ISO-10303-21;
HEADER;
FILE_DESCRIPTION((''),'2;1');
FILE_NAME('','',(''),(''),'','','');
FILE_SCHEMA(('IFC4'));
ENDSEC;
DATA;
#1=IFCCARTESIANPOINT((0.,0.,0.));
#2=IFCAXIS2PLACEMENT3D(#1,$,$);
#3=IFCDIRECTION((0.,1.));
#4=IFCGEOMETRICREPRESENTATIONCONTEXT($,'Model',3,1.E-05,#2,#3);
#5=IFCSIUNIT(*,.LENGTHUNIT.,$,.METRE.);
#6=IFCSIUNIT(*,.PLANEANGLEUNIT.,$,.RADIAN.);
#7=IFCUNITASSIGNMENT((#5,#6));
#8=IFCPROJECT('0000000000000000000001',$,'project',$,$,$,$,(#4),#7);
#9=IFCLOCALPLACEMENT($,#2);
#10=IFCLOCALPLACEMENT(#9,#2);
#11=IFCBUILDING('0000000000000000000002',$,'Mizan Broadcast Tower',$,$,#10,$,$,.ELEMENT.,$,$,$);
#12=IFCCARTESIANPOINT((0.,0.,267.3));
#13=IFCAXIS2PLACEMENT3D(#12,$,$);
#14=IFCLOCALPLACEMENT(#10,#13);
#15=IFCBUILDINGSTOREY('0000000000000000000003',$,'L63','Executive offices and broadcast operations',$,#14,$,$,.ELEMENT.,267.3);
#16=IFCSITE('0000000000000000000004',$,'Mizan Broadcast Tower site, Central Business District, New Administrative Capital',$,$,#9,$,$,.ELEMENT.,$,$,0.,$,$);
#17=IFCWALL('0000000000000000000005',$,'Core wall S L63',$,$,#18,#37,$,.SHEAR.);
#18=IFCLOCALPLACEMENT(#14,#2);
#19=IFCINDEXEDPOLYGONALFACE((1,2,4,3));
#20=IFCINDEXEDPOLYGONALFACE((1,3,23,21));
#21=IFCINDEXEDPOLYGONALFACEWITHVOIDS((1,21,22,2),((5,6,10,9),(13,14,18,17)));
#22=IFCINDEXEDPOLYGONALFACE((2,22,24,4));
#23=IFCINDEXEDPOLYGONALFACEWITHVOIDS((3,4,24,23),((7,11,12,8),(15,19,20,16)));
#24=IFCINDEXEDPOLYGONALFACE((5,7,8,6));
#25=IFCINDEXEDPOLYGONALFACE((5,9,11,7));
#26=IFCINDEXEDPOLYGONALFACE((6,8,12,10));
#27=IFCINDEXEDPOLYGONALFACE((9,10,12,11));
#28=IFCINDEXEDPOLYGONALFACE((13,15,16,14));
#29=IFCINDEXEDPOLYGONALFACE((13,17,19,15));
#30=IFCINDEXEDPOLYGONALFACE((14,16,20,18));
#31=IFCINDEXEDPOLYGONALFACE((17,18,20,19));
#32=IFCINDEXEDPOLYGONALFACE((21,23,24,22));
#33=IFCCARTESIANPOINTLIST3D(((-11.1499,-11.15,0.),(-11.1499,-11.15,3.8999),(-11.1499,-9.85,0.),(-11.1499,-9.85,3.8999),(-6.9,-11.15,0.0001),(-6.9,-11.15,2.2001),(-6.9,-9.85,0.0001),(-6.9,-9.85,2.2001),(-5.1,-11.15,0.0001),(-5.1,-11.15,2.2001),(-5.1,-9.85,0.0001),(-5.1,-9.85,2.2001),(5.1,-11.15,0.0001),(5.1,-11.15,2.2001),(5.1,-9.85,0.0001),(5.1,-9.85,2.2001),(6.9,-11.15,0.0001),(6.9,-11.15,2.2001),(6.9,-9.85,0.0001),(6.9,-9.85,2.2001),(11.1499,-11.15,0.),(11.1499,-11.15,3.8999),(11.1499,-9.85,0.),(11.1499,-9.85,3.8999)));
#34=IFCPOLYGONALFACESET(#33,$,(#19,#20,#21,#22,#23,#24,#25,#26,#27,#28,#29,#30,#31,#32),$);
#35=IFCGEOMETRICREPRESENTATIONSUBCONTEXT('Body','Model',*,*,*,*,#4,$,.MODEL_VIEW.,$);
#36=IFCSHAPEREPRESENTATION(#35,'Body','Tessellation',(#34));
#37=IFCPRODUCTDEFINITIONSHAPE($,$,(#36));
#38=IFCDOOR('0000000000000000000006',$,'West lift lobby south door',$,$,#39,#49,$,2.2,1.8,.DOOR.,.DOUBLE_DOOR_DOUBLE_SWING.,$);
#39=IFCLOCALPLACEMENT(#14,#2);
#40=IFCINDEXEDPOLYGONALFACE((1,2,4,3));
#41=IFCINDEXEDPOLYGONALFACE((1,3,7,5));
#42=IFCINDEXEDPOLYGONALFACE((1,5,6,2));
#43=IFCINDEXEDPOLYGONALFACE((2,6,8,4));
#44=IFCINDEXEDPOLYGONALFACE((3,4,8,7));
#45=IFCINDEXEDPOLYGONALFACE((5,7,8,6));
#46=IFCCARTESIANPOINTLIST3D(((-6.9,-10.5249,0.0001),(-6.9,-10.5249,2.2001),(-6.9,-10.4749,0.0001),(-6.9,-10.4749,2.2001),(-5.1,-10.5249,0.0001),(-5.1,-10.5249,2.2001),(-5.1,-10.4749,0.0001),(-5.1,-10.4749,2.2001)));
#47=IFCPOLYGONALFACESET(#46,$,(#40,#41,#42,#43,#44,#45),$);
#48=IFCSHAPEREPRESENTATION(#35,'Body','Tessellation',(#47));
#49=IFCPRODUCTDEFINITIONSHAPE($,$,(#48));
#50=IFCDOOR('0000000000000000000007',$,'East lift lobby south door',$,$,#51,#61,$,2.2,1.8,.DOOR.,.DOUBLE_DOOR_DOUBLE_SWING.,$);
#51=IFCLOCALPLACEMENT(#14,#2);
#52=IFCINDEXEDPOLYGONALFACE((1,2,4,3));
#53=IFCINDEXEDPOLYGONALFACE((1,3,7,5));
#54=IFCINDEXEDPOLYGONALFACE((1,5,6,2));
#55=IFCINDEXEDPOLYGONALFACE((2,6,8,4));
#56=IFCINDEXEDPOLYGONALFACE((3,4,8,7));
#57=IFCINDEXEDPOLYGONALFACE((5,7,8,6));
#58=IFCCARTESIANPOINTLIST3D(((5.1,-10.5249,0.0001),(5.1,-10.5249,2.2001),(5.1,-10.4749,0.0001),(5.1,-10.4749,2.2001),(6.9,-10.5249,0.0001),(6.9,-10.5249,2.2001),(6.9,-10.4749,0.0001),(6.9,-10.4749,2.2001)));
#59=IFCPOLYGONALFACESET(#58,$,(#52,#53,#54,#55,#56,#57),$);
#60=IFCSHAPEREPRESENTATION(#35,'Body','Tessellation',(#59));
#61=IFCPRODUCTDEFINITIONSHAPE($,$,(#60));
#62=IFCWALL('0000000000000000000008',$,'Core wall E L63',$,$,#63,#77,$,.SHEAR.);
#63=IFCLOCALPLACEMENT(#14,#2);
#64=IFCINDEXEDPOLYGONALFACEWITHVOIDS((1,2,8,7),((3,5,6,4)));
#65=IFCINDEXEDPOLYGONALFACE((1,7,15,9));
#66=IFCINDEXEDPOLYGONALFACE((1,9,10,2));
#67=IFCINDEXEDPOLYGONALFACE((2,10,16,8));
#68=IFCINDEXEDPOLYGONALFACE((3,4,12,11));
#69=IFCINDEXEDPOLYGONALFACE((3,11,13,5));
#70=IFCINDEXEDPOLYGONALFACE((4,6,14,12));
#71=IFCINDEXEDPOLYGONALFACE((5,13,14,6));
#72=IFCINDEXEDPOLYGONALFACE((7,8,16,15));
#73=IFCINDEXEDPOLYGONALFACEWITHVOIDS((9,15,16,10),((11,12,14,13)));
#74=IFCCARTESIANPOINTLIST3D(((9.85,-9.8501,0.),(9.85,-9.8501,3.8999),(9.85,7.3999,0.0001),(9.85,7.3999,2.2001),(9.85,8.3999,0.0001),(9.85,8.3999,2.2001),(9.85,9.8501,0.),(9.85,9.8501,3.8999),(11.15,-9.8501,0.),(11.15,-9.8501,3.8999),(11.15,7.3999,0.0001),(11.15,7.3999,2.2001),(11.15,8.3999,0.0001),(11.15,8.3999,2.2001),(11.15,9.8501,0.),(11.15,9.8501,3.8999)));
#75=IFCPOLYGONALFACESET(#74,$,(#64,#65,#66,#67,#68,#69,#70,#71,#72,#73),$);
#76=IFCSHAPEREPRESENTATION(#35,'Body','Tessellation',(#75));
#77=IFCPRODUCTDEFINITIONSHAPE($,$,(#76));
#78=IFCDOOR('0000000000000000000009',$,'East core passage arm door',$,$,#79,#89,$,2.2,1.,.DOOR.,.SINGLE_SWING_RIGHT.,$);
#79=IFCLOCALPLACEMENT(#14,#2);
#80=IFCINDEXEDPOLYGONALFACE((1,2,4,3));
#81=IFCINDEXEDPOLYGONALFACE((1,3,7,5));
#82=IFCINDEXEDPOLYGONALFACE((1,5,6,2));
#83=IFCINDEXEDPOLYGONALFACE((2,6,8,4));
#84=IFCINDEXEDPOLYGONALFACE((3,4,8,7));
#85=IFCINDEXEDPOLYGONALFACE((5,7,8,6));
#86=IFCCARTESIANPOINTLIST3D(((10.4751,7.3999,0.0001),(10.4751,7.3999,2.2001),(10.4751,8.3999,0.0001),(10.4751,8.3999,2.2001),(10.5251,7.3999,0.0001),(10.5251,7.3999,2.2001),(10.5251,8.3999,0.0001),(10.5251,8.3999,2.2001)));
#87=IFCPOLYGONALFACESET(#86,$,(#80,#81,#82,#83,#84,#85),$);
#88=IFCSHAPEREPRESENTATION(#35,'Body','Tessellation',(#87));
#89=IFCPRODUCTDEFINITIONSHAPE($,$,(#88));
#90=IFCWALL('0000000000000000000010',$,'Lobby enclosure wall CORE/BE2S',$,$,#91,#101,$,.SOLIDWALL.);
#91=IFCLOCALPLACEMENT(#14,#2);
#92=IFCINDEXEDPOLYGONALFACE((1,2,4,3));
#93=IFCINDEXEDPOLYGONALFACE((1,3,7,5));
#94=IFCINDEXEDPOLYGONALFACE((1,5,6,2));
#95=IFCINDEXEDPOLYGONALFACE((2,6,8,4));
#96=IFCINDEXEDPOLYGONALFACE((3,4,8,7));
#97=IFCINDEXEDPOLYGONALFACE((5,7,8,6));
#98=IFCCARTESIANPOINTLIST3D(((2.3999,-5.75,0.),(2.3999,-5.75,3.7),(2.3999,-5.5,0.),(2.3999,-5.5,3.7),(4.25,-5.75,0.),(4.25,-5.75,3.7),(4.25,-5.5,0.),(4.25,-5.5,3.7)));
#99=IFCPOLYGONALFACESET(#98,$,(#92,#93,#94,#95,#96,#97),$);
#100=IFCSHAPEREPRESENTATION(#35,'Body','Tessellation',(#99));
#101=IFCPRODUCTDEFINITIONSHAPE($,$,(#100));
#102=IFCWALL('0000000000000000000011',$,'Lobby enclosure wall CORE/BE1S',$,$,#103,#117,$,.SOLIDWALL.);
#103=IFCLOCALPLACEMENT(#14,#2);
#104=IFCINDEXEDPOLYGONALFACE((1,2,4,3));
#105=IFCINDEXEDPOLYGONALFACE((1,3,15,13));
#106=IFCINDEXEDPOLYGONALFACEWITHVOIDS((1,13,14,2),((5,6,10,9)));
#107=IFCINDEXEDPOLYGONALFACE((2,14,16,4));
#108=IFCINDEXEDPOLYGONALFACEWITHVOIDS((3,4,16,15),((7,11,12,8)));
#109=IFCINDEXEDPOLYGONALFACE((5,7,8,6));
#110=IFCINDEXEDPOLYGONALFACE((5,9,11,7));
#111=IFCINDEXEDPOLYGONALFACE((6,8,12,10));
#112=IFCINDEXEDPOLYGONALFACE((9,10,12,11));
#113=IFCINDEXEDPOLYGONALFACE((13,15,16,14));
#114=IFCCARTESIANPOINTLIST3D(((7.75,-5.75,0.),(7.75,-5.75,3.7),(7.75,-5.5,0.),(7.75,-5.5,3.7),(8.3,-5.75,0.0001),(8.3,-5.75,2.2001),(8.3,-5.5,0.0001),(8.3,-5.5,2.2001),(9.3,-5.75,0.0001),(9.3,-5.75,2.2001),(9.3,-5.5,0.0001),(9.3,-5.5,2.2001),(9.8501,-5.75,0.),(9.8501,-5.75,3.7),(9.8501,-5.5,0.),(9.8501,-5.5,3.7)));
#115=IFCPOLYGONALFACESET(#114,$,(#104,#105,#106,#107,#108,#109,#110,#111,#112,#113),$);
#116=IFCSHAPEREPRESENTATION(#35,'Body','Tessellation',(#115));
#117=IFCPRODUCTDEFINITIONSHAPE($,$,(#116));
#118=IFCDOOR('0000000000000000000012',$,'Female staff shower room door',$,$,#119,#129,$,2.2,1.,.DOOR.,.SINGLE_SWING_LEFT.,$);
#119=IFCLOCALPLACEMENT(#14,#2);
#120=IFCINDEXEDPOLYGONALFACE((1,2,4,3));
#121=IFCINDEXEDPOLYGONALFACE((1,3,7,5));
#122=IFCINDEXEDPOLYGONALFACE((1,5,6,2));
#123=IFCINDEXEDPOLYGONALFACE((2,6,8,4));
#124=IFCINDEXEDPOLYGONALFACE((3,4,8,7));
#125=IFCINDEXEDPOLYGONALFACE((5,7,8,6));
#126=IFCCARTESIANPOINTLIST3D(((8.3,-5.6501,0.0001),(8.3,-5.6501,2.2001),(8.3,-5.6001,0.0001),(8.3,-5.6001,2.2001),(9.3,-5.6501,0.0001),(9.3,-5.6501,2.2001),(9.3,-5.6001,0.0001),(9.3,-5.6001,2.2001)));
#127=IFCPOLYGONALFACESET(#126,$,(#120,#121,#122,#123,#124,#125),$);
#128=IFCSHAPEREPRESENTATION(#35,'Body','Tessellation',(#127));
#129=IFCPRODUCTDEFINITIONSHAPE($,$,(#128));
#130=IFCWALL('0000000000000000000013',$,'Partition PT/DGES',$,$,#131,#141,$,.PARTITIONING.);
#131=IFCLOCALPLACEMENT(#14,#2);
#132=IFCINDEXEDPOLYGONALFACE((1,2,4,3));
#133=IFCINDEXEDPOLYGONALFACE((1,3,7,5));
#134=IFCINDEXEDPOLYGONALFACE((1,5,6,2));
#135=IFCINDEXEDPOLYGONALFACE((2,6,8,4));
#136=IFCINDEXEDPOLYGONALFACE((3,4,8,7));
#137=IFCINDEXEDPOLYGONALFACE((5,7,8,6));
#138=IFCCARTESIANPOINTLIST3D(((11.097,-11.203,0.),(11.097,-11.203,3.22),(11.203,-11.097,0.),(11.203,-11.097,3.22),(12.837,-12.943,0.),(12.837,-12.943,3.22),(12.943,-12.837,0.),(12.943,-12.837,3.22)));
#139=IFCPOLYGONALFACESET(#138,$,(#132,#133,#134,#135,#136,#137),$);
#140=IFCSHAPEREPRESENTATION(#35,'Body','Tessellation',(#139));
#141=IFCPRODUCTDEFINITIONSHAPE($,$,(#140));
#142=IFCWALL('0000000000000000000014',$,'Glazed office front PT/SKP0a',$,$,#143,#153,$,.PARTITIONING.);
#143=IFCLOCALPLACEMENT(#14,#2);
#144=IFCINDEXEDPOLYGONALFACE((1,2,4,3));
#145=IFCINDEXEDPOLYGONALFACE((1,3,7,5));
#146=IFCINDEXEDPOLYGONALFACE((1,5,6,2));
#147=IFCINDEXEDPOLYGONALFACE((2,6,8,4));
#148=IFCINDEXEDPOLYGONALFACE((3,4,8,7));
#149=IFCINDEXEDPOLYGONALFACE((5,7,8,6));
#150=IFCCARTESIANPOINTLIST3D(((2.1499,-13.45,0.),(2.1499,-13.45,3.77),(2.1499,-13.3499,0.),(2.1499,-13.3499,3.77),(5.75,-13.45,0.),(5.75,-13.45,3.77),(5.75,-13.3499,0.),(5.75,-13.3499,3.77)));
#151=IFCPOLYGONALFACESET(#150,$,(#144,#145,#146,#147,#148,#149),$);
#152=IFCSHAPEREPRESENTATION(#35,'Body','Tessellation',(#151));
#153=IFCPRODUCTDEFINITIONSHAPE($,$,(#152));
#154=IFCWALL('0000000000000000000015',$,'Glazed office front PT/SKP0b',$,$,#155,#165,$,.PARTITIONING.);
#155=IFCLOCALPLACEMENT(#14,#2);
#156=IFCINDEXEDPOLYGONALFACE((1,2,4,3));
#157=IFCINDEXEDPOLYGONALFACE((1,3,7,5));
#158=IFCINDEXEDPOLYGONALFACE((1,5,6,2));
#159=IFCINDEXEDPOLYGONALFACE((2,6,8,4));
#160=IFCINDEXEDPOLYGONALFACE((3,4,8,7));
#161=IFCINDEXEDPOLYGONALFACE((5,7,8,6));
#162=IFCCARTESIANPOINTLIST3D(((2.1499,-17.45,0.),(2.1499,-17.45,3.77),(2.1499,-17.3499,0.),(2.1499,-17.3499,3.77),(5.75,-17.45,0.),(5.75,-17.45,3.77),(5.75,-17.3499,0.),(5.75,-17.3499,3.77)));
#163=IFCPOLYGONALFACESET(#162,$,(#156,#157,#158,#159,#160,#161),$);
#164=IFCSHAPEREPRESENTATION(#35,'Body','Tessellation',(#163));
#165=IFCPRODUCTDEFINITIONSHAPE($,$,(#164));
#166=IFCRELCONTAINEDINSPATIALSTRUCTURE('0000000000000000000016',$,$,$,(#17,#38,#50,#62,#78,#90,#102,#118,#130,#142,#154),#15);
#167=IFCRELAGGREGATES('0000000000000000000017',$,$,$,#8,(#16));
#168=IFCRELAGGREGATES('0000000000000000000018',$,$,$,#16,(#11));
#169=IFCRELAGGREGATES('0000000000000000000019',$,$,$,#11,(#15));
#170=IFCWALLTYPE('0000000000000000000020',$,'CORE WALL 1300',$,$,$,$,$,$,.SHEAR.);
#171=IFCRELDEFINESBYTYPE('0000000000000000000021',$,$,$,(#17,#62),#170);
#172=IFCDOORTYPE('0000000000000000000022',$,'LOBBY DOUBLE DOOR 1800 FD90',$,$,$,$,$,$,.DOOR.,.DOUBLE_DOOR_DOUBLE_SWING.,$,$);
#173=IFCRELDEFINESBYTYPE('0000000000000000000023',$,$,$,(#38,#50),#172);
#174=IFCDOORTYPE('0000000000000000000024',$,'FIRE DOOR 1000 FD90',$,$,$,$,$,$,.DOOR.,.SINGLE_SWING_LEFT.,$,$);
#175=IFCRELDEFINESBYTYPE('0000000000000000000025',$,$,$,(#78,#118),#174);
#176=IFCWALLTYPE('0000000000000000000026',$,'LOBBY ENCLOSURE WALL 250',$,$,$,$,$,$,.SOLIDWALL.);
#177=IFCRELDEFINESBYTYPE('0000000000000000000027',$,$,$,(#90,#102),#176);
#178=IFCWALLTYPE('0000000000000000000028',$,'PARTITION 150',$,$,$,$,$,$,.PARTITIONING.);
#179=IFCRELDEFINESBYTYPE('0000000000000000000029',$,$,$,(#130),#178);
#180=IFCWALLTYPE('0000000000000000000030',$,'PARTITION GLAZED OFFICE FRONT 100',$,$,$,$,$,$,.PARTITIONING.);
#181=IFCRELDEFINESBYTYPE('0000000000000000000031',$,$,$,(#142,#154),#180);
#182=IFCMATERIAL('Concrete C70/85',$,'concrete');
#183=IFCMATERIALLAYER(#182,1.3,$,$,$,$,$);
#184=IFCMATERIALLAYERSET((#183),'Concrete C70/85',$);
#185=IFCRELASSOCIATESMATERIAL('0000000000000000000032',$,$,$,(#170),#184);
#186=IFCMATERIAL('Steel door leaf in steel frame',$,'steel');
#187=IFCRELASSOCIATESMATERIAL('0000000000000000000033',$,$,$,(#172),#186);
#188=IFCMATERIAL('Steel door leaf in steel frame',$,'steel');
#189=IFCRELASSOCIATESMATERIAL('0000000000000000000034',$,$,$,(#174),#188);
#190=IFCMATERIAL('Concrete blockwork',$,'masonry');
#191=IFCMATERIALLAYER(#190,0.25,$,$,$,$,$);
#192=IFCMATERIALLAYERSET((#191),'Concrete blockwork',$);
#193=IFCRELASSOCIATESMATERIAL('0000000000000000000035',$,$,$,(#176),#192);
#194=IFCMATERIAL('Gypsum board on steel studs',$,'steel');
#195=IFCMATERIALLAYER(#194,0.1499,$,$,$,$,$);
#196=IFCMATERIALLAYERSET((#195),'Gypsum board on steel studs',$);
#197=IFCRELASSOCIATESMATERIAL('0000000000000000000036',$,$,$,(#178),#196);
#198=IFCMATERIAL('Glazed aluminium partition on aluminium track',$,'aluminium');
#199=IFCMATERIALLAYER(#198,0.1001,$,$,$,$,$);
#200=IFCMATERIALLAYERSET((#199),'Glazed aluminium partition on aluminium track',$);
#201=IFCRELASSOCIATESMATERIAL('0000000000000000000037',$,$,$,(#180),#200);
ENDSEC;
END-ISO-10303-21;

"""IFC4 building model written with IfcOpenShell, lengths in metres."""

from ifc_helpers import new_model, si_unit, direction, frame, frame_2d, origin, place, context, subcontext, project, spatial, rectangle, extrude, material, layer, layer_set, type_object, element, fill, save


model = new_model("IFC4")

# Units and contexts
model_context = context("Model", 3, precision=1e-05, world=origin(), true_north=direction((0.0, 1.0)))
body_context = subcontext(model_context, "Body", "Model", "MODEL_VIEW")
ifc_project = project(units=[si_unit("LENGTHUNIT", "METRE"), si_unit("PLANEANGLEUNIT", "RADIAN")], contexts=[model_context])

# Site, building, storey
site_placement = place(None, origin())
site = spatial("IfcSite", under=ifc_project, at=site_placement, Name="Mizan Broadcast Tower site, Central Business District, New Administrative Capital", CompositionType="ELEMENT", RefElevation=0.0)
building_placement = place(site_placement, origin())
building = spatial("IfcBuilding", under=site, at=building_placement, Name="Mizan Broadcast Tower", CompositionType="ELEMENT")
storey_placement = place(building_placement, frame((0.0, 0.0, 267.3)))
storey = spatial("IfcBuildingStorey", under=building, at=storey_placement, Name="L63", Description="Executive offices and broadcast operations", CompositionType="ELEMENT", Elevation=267.3)

# Wall, openings, doors
ifc_material_1 = material(Name="Concrete C70/85", Category="concrete")
ifc_layer_1 = layer(ifc_material_1, 1.3)
ifc_layer_set_1 = layer_set([ifc_layer_1], Name="Concrete C70/85")
wall_type_1 = type_object("IfcWallType", Name="CORE WALL 1300", PredefinedType="SHEAR", material=ifc_layer_set_1)
wall_1_placement = place(storey_placement, frame((11.1499, -10.5, 0.0), z_axis=(0.0, 0.0, 1.0), x_axis=(-1.0, 0.0, 0.0)))
wall_1 = element("IfcWall", 1, at=wall_1_placement, inside=storey, type_object=wall_type_1, Name="Core wall S L63", PredefinedType="SHEAR", context=body_context, shape_type="SweptSolid", body=[
    extrude(rectangle(XDim=22.2998, YDim=1.3, at=frame_2d((11.1499, 0.0))), origin(), (0.0, 0.0, 1.0), 3.8999),
])
opening_1_placement = place(wall_1_placement, frame((16.25, 0.0, 0.0)))
opening_1 = element("IfcOpeningElement", 2, at=opening_1_placement, cuts=wall_1, PredefinedType="OPENING", context=body_context, shape_type="SweptSolid", body=[
    extrude(rectangle(XDim=1.8, YDim=2.2, at=frame_2d((0.8999, 1.1001))), frame((0.0, 0.6599, 0.0), z_axis=(0.0, -1.0, 0.0), x_axis=(1.0, 0.0, 0.0)), (0.0, 0.0, 1.0), 1.3201),
])
opening_2_placement = place(wall_1_placement, frame((4.25, 0.0, 0.0)))
opening_2 = element("IfcOpeningElement", 3, at=opening_2_placement, cuts=wall_1, PredefinedType="OPENING", context=body_context, shape_type="SweptSolid", body=[
    extrude(rectangle(XDim=1.8, YDim=2.2, at=frame_2d((0.8999, 1.1001))), frame((0.0, 0.6599, 0.0), z_axis=(0.0, -1.0, 0.0), x_axis=(1.0, 0.0, 0.0)), (0.0, 0.0, 1.0), 1.3201),
])
ifc_material_2 = material(Name="Steel door leaf in steel frame", Category="steel")
door_type_1 = type_object("IfcDoorType", Name="LOBBY DOUBLE DOOR 1800 FD90", OperationType="DOUBLE_DOOR_DOUBLE_SWING", PredefinedType="DOOR", material=ifc_material_2)
door_1_placement = place(opening_1_placement, origin())
door_1 = element("IfcDoor", 4, at=door_1_placement, inside=storey, type_object=door_type_1, Name="West lift lobby south door", OperationType="DOUBLE_DOOR_DOUBLE_SWING", OverallHeight=2.2, OverallWidth=1.8, PredefinedType="DOOR", context=body_context, shape_type="SweptSolid", body=[
    extrude(rectangle(XDim=1.8, YDim=2.2, at=frame_2d((0.8999, 1.1001))), frame((0.0, 0.0249, 0.0), z_axis=(0.0, -1.0, 0.0), x_axis=(1.0, 0.0, 0.0)), (0.0, 0.0, 1.0), 0.05),
])
fill(opening_1, door_1)
door_2_placement = place(opening_2_placement, origin())
door_2 = element("IfcDoor", 5, at=door_2_placement, inside=storey, type_object=door_type_1, Name="East lift lobby south door", OperationType="DOUBLE_DOOR_DOUBLE_SWING", OverallHeight=2.2, OverallWidth=1.8, PredefinedType="DOOR", context=body_context, shape_type="SweptSolid", body=[
    extrude(rectangle(XDim=1.8, YDim=2.2, at=frame_2d((0.8999, 1.1001))), frame((0.0, 0.0249, 0.0), z_axis=(0.0, -1.0, 0.0), x_axis=(1.0, 0.0, 0.0)), (0.0, 0.0, 1.0), 0.05),
])
fill(opening_2, door_2)

# Wall, opening, door
wall_2_placement = place(storey_placement, frame((10.5, -9.8501, 0.0), z_axis=(0.0, 0.0, 1.0), x_axis=(0.0, 1.0, 0.0)))
wall_2 = element("IfcWall", 6, at=wall_2_placement, inside=storey, type_object=wall_type_1, Name="Core wall E L63", PredefinedType="SHEAR", context=body_context, shape_type="SweptSolid", body=[
    extrude(rectangle(XDim=19.7002, YDim=1.3, at=frame_2d((9.8501, 0.0))), origin(), (0.0, 0.0, 1.0), 3.8999),
])
opening_3_placement = place(wall_2_placement, frame((17.25, 0.0, 0.0)))
opening_3 = element("IfcOpeningElement", 7, at=opening_3_placement, cuts=wall_2, PredefinedType="OPENING", context=body_context, shape_type="SweptSolid", body=[
    extrude(rectangle(XDim=1.0, YDim=2.2, at=frame_2d((0.5, 1.1001))), frame((0.0, 0.6599, 0.0), z_axis=(0.0, -1.0, 0.0), x_axis=(1.0, 0.0, 0.0)), (0.0, 0.0, 1.0), 1.3201),
])
ifc_material_3 = material(Name="Steel door leaf in steel frame", Category="steel")
door_type_2 = type_object("IfcDoorType", Name="FIRE DOOR 1000 FD90", OperationType="SINGLE_SWING_LEFT", PredefinedType="DOOR", material=ifc_material_3)
door_3_placement = place(opening_3_placement, origin())
door_3 = element("IfcDoor", 8, at=door_3_placement, inside=storey, type_object=door_type_2, Name="East core passage arm door", OperationType="SINGLE_SWING_RIGHT", OverallHeight=2.2, OverallWidth=1.0, PredefinedType="DOOR", context=body_context, shape_type="SweptSolid", body=[
    extrude(rectangle(XDim=1.0, YDim=2.2, at=frame_2d((0.5, 1.1001))), frame((0.0, 0.0249, 0.0), z_axis=(0.0, -1.0, 0.0), x_axis=(1.0, 0.0, 0.0)), (0.0, 0.0, 1.0), 0.05),
])
fill(opening_3, door_3)

# Wall
ifc_material_4 = material(Name="Concrete blockwork", Category="masonry")
ifc_layer_2 = layer(ifc_material_4, 0.25)
ifc_layer_set_2 = layer_set([ifc_layer_2], Name="Concrete blockwork")
wall_type_2 = type_object("IfcWallType", Name="LOBBY ENCLOSURE WALL 250", PredefinedType="SOLIDWALL", material=ifc_layer_set_2)
wall_3_placement = place(storey_placement, frame((2.3999, -5.625, 0.0), z_axis=(0.0, 0.0, 1.0), x_axis=(1.0, 0.0, 0.0)))
element("IfcWall", 9, at=wall_3_placement, inside=storey, type_object=wall_type_2, Name="Lobby enclosure wall CORE/BE2S", PredefinedType="SOLIDWALL", context=body_context, shape_type="SweptSolid", body=[
    extrude(rectangle(XDim=1.8501, YDim=0.25, at=frame_2d((0.925, 0.0))), origin(), (0.0, 0.0, 1.0), 3.7),
])

# Wall, opening, door
wall_4_placement = place(storey_placement, frame((7.75, -5.625, 0.0), z_axis=(0.0, 0.0, 1.0), x_axis=(1.0, 0.0, 0.0)))
wall_4 = element("IfcWall", 10, at=wall_4_placement, inside=storey, type_object=wall_type_2, Name="Lobby enclosure wall CORE/BE1S", PredefinedType="SOLIDWALL", context=body_context, shape_type="SweptSolid", body=[
    extrude(rectangle(XDim=2.1001, YDim=0.25, at=frame_2d((1.05, 0.0))), origin(), (0.0, 0.0, 1.0), 3.7),
])
opening_4_placement = place(wall_4_placement, frame((0.55, 0.0, 0.0)))
opening_4 = element("IfcOpeningElement", 11, at=opening_4_placement, cuts=wall_4, PredefinedType="OPENING", context=body_context, shape_type="SweptSolid", body=[
    extrude(rectangle(XDim=1.0, YDim=2.2, at=frame_2d((0.5, 1.1001))), frame((0.0, 0.135, 0.0), z_axis=(0.0, -1.0, 0.0), x_axis=(1.0, 0.0, 0.0)), (0.0, 0.0, 1.0), 0.27),
])
door_4_placement = place(opening_4_placement, origin())
door_4 = element("IfcDoor", 12, at=door_4_placement, inside=storey, type_object=door_type_2, Name="Female staff shower room door", OperationType="SINGLE_SWING_LEFT", OverallHeight=2.2, OverallWidth=1.0, PredefinedType="DOOR", context=body_context, shape_type="SweptSolid", body=[
    extrude(rectangle(XDim=1.0, YDim=2.2, at=frame_2d((0.5, 1.1001))), frame((0.0, 0.0249, 0.0), z_axis=(0.0, -1.0, 0.0), x_axis=(1.0, 0.0, 0.0)), (0.0, 0.0, 1.0), 0.05),
])
fill(opening_4, door_4)

# Walls
ifc_material_5 = material(Name="Gypsum board on steel studs", Category="steel")
ifc_layer_3 = layer(ifc_material_5, 0.1499)
ifc_layer_set_3 = layer_set([ifc_layer_3], Name="Gypsum board on steel studs")
wall_type_3 = type_object("IfcWallType", Name="PARTITION 150", PredefinedType="PARTITIONING", material=ifc_layer_set_3)
wall_5_placement = place(storey_placement, frame((11.1499, -11.1499, 0.0), z_axis=(0.0, 0.0, 1.0), x_axis=(0.707107, -0.707107, 0.0)))
element("IfcWall", 13, at=wall_5_placement, inside=storey, type_object=wall_type_3, Name="Partition PT/DGES", PredefinedType="PARTITIONING", context=body_context, shape_type="SweptSolid", body=[
    extrude(rectangle(XDim=2.4607, YDim=0.1499, at=frame_2d((1.2305, 0.0))), origin(), (0.0, 0.0, 1.0), 3.22),
])
ifc_material_6 = material(Name="Glazed aluminium partition on aluminium track", Category="aluminium")
ifc_layer_4 = layer(ifc_material_6, 0.1001)
ifc_layer_set_4 = layer_set([ifc_layer_4], Name="Glazed aluminium partition on aluminium track")
wall_type_4 = type_object("IfcWallType", Name="PARTITION GLAZED OFFICE FRONT 100", PredefinedType="PARTITIONING", material=ifc_layer_set_4)
for number, where, z_axis, x_axis, name in (
    (14, (2.1499, -13.3999, 0.0), (0.0, 0.0, 1.0), (1.0, 0.0, 0.0), "Glazed office front PT/SKP0a"),
    (15, (2.1499, -17.3999, 0.0), (0.0, 0.0, 1.0), (1.0, 0.0, 0.0), "Glazed office front PT/SKP0b"),
):
    element("IfcWall", number, at=place(storey_placement, frame(where, z_axis=z_axis, x_axis=x_axis)), inside=storey, type_object=wall_type_4, Name=name, PredefinedType="PARTITIONING", context=body_context, shape_type="SweptSolid", body=[
        extrude(rectangle(XDim=3.6001, YDim=0.1001, at=frame_2d((1.8, 0.0))), origin(), (0.0, 0.0, 1.0), 3.77),
    ])

save(model, "model.ifc")
